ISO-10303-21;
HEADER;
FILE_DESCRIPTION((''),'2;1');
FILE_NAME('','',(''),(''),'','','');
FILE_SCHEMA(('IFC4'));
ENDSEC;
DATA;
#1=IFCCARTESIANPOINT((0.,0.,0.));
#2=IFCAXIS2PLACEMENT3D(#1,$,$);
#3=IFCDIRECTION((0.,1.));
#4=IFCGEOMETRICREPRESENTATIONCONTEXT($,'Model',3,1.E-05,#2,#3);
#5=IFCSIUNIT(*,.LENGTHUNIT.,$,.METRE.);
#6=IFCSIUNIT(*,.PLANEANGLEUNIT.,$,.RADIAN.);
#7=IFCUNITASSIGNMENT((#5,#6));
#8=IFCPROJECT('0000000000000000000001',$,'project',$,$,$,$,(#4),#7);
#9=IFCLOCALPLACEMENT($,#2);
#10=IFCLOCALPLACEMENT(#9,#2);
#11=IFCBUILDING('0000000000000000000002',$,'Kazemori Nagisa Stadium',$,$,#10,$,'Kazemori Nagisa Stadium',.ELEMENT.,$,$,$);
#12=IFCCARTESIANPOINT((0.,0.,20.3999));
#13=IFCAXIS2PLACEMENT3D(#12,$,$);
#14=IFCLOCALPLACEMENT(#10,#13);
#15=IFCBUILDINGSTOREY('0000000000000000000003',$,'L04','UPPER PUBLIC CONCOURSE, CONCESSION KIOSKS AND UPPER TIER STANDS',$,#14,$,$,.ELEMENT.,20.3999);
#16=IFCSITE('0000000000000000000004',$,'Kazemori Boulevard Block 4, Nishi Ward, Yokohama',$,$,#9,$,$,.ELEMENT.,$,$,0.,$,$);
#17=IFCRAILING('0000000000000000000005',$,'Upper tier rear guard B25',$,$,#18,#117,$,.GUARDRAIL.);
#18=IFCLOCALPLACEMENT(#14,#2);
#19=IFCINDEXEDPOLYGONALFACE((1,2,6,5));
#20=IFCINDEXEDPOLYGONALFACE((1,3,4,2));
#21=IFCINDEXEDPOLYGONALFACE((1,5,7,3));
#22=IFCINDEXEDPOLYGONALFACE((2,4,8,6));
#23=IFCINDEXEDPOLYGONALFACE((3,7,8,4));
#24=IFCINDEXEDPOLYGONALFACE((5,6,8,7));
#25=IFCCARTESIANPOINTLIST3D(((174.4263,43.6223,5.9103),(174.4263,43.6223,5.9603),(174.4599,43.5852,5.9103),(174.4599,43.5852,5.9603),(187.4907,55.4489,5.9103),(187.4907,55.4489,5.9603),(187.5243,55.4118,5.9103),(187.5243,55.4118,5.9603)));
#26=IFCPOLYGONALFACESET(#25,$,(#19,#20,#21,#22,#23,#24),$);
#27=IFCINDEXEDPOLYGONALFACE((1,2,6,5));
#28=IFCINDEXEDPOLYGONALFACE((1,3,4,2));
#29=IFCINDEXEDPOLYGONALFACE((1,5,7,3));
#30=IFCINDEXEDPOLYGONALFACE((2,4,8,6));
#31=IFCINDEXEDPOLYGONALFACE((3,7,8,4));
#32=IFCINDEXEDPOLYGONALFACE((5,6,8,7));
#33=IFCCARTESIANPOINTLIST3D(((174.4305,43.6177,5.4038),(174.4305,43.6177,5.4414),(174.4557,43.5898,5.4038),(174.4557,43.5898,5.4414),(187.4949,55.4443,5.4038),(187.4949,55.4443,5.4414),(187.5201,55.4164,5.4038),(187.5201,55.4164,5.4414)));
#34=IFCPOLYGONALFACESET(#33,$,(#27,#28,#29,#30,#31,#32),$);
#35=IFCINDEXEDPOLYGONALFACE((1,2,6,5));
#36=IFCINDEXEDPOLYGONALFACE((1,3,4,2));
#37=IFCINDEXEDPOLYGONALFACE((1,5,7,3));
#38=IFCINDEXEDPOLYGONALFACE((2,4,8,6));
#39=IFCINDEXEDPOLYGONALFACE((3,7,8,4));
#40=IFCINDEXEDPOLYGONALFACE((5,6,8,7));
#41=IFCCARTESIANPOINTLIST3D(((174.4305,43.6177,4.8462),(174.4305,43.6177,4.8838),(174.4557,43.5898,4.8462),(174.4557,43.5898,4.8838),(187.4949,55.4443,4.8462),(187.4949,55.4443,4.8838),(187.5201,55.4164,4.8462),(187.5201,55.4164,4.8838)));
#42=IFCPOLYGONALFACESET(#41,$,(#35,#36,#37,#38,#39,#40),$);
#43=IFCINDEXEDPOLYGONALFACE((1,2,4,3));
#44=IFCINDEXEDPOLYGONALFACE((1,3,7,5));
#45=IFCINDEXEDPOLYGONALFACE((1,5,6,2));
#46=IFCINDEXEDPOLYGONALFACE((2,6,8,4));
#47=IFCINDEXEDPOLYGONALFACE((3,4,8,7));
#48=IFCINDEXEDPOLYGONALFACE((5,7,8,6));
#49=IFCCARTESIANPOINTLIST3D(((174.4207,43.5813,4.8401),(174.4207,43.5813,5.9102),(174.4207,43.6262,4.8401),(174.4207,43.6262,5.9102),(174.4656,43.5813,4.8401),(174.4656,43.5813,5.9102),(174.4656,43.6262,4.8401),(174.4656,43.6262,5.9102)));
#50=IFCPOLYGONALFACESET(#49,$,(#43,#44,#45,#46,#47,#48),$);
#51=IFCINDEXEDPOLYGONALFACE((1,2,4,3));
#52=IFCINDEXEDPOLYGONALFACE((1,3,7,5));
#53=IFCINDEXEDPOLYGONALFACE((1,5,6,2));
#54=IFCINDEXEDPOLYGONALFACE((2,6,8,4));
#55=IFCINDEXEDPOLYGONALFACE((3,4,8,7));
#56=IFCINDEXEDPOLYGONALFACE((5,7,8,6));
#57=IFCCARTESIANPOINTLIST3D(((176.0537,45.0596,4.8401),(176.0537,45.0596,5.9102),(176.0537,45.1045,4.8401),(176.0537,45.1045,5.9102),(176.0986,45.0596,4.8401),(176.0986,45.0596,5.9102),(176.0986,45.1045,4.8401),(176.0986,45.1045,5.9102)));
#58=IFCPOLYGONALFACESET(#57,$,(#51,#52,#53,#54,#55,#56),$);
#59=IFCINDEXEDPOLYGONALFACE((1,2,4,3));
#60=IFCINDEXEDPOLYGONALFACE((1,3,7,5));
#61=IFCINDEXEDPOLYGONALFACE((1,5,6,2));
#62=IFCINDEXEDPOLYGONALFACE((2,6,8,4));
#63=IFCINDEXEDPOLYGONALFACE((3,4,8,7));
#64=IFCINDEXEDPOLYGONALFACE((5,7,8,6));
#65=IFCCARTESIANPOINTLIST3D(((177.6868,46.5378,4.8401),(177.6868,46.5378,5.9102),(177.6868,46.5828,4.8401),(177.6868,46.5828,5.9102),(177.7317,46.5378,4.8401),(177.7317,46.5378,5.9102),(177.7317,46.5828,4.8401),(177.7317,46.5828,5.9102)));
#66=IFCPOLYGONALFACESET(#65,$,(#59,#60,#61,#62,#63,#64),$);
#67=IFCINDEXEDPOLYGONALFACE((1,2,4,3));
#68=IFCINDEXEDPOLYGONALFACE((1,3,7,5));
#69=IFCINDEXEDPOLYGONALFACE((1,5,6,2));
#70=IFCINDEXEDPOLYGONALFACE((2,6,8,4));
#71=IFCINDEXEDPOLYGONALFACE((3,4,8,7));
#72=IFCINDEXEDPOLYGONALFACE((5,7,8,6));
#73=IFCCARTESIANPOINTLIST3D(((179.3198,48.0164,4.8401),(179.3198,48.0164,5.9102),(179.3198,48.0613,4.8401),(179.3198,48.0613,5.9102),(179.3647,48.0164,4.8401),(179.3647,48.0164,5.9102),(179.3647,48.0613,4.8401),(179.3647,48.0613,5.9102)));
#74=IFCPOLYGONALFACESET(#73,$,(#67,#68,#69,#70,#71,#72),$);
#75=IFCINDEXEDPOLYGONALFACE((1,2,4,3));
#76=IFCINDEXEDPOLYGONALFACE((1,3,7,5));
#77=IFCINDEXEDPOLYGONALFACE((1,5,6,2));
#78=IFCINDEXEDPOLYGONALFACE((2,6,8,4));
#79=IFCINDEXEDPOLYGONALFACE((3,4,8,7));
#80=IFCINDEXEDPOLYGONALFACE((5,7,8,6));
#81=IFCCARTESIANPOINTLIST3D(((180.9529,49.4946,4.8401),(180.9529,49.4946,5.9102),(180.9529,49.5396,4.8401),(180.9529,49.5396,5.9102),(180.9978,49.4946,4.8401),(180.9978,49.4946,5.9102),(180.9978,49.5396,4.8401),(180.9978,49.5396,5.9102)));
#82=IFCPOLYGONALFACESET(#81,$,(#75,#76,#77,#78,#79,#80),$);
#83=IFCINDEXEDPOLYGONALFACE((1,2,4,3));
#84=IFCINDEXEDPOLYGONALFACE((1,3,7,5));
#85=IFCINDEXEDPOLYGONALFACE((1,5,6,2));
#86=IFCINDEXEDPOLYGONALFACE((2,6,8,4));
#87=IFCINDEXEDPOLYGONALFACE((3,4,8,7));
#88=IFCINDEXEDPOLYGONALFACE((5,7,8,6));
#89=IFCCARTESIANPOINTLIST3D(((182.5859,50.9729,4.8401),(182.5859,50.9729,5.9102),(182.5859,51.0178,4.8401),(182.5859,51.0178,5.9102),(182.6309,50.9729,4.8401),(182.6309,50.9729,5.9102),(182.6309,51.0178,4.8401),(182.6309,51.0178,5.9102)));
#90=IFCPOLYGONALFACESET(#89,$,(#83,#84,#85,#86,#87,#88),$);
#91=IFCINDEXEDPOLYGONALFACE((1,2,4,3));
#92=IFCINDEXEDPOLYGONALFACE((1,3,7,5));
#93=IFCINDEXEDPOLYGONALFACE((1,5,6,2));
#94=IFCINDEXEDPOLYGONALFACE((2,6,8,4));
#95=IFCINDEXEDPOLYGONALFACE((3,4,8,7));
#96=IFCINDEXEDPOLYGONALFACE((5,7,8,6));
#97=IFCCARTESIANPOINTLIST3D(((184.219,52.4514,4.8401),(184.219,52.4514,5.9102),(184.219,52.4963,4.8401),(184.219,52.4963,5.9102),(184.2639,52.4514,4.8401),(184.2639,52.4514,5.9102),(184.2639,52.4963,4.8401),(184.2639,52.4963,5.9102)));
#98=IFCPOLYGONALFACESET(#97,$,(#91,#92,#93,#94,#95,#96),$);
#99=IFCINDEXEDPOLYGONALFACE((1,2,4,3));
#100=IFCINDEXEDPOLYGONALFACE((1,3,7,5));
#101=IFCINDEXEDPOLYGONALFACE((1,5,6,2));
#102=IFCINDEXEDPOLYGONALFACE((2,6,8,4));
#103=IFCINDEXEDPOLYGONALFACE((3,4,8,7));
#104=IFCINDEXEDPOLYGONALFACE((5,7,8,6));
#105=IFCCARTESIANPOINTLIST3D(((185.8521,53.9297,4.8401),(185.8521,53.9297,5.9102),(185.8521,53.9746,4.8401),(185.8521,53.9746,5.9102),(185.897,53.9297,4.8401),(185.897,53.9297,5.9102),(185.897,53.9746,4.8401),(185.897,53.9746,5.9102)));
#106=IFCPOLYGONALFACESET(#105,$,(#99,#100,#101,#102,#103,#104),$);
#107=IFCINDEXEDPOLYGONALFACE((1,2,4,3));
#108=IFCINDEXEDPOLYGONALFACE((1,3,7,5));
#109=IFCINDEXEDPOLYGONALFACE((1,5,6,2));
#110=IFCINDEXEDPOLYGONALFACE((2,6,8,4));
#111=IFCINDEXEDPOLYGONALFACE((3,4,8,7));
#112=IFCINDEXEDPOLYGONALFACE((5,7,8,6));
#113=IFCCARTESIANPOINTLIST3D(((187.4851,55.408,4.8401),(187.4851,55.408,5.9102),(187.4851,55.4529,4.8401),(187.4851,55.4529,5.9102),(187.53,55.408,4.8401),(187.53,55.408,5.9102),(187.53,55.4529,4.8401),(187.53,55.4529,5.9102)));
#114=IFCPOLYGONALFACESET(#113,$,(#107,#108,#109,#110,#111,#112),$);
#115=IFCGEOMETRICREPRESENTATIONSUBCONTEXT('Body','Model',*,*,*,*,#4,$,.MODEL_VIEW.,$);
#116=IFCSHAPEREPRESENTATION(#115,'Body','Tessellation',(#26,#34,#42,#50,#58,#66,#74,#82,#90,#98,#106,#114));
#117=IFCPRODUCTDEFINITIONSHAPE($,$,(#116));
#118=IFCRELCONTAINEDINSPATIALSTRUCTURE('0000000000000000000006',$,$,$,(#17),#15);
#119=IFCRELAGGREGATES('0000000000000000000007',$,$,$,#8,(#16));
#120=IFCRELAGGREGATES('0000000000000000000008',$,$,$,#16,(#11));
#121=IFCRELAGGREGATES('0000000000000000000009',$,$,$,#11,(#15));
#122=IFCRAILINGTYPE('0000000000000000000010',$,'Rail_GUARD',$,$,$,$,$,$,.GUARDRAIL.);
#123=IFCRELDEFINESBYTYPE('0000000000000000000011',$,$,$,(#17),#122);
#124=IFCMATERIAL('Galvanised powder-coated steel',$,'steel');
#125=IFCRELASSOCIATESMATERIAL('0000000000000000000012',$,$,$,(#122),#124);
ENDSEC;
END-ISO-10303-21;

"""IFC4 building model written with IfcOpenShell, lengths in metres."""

from ifc_helpers import new_model, si_unit, direction, frame, origin, origin_2d, place, context, subcontext, project, spatial, rectangle, extrude, material, type_object, element, save


model = new_model("IFC4")

# Units and contexts
model_context = context("Model", 3, precision=1e-05, world=origin(), true_north=direction((0.0, 1.0)))
body_context = subcontext(model_context, "Body", "Model", "MODEL_VIEW")
ifc_project = project(units=[si_unit("LENGTHUNIT", "METRE"), si_unit("PLANEANGLEUNIT", "RADIAN")], contexts=[model_context])

# Site, building, storey
site_placement = place(None, origin())
site = spatial("IfcSite", under=ifc_project, at=site_placement, Name="Kazemori Boulevard Block 4, Nishi Ward, Yokohama", CompositionType="ELEMENT", RefElevation=0.0)
building_placement = place(site_placement, origin())
building = spatial("IfcBuilding", under=site, at=building_placement, Name="Kazemori Nagisa Stadium", LongName="Kazemori Nagisa Stadium", CompositionType="ELEMENT")
storey_placement = place(building_placement, frame((0.0, 0.0, 20.3999)))
storey = spatial("IfcBuildingStorey", under=building, at=storey_placement, Name="L04", Description="UPPER PUBLIC CONCOURSE, CONCESSION KIOSKS AND UPPER TIER STANDS", CompositionType="ELEMENT", Elevation=20.3999)

# Railing
ifc_material_1 = material(Name="Galvanised powder-coated steel", Category="steel")
railing_type_1 = type_object("IfcRailingType", Name="Rail_GUARD", PredefinedType="GUARDRAIL", material=ifc_material_1)
railing_1_placement = place(storey_placement, frame((174.4431, 43.6038, 4.8401)))
element("IfcRailing", 1, at=railing_1_placement, inside=storey, type_object=railing_type_1, Name="Upper tier rear guard B25", PredefinedType="GUARDRAIL", context=body_context, shape_type="SweptSolid", body=[
    extrude(rectangle(XDim=0.05, YDim=0.05, at=origin_2d()), frame((0.0, 0.0, 1.0952), z_axis=(0.741354, 0.671114, 0.0), x_axis=(-0.671114, 0.741354, 0.0)), (0.0, 0.0, 1.0), 17.6223),
    extrude(rectangle(XDim=0.0376, YDim=0.0376, at=origin_2d()), frame((0.0, 0.0, 0.5825), z_axis=(0.741354, 0.671114, 0.0), x_axis=(-0.671114, 0.741354, 0.0)), (0.0, 0.0, 1.0), 17.6223),
    extrude(rectangle(XDim=0.0376, YDim=0.0376, at=origin_2d()), frame((0.0, 0.0, 0.0249), z_axis=(0.741354, 0.671114, 0.0), x_axis=(-0.671114, 0.741354, 0.0)), (0.0, 0.0, 1.0), 17.6223),
    extrude(rectangle(XDim=0.0449, YDim=0.0449, at=origin_2d()), origin(), (0.0, 0.0, 1.0), 1.0701),
    extrude(rectangle(XDim=0.0449, YDim=0.0449, at=origin_2d()), frame((1.6331, 1.4783, 0.0)), (0.0, 0.0, 1.0), 1.0701),
    extrude(rectangle(XDim=0.0449, YDim=0.0449, at=origin_2d()), frame((3.2661, 2.9565, 0.0)), (0.0, 0.0, 1.0), 1.0701),
    extrude(rectangle(XDim=0.0449, YDim=0.0449, at=origin_2d()), frame((4.8992, 4.4351, 0.0)), (0.0, 0.0, 1.0), 1.0701),
    extrude(rectangle(XDim=0.0449, YDim=0.0449, at=origin_2d()), frame((6.5322, 5.9133, 0.0)), (0.0, 0.0, 1.0), 1.0701),
    extrude(rectangle(XDim=0.0449, YDim=0.0449, at=origin_2d()), frame((8.1653, 7.3916, 0.0)), (0.0, 0.0, 1.0), 1.0701),
    extrude(rectangle(XDim=0.0449, YDim=0.0449, at=origin_2d()), frame((9.7983, 8.8701, 0.0)), (0.0, 0.0, 1.0), 1.0701),
    extrude(rectangle(XDim=0.0449, YDim=0.0449, at=origin_2d()), frame((11.4314, 10.3484, 0.0)), (0.0, 0.0, 1.0), 1.0701),
    extrude(rectangle(XDim=0.0449, YDim=0.0449, at=origin_2d()), frame((13.0645, 11.8267, 0.0)), (0.0, 0.0, 1.0), 1.0701),
])

save(model, "model.ifc")
